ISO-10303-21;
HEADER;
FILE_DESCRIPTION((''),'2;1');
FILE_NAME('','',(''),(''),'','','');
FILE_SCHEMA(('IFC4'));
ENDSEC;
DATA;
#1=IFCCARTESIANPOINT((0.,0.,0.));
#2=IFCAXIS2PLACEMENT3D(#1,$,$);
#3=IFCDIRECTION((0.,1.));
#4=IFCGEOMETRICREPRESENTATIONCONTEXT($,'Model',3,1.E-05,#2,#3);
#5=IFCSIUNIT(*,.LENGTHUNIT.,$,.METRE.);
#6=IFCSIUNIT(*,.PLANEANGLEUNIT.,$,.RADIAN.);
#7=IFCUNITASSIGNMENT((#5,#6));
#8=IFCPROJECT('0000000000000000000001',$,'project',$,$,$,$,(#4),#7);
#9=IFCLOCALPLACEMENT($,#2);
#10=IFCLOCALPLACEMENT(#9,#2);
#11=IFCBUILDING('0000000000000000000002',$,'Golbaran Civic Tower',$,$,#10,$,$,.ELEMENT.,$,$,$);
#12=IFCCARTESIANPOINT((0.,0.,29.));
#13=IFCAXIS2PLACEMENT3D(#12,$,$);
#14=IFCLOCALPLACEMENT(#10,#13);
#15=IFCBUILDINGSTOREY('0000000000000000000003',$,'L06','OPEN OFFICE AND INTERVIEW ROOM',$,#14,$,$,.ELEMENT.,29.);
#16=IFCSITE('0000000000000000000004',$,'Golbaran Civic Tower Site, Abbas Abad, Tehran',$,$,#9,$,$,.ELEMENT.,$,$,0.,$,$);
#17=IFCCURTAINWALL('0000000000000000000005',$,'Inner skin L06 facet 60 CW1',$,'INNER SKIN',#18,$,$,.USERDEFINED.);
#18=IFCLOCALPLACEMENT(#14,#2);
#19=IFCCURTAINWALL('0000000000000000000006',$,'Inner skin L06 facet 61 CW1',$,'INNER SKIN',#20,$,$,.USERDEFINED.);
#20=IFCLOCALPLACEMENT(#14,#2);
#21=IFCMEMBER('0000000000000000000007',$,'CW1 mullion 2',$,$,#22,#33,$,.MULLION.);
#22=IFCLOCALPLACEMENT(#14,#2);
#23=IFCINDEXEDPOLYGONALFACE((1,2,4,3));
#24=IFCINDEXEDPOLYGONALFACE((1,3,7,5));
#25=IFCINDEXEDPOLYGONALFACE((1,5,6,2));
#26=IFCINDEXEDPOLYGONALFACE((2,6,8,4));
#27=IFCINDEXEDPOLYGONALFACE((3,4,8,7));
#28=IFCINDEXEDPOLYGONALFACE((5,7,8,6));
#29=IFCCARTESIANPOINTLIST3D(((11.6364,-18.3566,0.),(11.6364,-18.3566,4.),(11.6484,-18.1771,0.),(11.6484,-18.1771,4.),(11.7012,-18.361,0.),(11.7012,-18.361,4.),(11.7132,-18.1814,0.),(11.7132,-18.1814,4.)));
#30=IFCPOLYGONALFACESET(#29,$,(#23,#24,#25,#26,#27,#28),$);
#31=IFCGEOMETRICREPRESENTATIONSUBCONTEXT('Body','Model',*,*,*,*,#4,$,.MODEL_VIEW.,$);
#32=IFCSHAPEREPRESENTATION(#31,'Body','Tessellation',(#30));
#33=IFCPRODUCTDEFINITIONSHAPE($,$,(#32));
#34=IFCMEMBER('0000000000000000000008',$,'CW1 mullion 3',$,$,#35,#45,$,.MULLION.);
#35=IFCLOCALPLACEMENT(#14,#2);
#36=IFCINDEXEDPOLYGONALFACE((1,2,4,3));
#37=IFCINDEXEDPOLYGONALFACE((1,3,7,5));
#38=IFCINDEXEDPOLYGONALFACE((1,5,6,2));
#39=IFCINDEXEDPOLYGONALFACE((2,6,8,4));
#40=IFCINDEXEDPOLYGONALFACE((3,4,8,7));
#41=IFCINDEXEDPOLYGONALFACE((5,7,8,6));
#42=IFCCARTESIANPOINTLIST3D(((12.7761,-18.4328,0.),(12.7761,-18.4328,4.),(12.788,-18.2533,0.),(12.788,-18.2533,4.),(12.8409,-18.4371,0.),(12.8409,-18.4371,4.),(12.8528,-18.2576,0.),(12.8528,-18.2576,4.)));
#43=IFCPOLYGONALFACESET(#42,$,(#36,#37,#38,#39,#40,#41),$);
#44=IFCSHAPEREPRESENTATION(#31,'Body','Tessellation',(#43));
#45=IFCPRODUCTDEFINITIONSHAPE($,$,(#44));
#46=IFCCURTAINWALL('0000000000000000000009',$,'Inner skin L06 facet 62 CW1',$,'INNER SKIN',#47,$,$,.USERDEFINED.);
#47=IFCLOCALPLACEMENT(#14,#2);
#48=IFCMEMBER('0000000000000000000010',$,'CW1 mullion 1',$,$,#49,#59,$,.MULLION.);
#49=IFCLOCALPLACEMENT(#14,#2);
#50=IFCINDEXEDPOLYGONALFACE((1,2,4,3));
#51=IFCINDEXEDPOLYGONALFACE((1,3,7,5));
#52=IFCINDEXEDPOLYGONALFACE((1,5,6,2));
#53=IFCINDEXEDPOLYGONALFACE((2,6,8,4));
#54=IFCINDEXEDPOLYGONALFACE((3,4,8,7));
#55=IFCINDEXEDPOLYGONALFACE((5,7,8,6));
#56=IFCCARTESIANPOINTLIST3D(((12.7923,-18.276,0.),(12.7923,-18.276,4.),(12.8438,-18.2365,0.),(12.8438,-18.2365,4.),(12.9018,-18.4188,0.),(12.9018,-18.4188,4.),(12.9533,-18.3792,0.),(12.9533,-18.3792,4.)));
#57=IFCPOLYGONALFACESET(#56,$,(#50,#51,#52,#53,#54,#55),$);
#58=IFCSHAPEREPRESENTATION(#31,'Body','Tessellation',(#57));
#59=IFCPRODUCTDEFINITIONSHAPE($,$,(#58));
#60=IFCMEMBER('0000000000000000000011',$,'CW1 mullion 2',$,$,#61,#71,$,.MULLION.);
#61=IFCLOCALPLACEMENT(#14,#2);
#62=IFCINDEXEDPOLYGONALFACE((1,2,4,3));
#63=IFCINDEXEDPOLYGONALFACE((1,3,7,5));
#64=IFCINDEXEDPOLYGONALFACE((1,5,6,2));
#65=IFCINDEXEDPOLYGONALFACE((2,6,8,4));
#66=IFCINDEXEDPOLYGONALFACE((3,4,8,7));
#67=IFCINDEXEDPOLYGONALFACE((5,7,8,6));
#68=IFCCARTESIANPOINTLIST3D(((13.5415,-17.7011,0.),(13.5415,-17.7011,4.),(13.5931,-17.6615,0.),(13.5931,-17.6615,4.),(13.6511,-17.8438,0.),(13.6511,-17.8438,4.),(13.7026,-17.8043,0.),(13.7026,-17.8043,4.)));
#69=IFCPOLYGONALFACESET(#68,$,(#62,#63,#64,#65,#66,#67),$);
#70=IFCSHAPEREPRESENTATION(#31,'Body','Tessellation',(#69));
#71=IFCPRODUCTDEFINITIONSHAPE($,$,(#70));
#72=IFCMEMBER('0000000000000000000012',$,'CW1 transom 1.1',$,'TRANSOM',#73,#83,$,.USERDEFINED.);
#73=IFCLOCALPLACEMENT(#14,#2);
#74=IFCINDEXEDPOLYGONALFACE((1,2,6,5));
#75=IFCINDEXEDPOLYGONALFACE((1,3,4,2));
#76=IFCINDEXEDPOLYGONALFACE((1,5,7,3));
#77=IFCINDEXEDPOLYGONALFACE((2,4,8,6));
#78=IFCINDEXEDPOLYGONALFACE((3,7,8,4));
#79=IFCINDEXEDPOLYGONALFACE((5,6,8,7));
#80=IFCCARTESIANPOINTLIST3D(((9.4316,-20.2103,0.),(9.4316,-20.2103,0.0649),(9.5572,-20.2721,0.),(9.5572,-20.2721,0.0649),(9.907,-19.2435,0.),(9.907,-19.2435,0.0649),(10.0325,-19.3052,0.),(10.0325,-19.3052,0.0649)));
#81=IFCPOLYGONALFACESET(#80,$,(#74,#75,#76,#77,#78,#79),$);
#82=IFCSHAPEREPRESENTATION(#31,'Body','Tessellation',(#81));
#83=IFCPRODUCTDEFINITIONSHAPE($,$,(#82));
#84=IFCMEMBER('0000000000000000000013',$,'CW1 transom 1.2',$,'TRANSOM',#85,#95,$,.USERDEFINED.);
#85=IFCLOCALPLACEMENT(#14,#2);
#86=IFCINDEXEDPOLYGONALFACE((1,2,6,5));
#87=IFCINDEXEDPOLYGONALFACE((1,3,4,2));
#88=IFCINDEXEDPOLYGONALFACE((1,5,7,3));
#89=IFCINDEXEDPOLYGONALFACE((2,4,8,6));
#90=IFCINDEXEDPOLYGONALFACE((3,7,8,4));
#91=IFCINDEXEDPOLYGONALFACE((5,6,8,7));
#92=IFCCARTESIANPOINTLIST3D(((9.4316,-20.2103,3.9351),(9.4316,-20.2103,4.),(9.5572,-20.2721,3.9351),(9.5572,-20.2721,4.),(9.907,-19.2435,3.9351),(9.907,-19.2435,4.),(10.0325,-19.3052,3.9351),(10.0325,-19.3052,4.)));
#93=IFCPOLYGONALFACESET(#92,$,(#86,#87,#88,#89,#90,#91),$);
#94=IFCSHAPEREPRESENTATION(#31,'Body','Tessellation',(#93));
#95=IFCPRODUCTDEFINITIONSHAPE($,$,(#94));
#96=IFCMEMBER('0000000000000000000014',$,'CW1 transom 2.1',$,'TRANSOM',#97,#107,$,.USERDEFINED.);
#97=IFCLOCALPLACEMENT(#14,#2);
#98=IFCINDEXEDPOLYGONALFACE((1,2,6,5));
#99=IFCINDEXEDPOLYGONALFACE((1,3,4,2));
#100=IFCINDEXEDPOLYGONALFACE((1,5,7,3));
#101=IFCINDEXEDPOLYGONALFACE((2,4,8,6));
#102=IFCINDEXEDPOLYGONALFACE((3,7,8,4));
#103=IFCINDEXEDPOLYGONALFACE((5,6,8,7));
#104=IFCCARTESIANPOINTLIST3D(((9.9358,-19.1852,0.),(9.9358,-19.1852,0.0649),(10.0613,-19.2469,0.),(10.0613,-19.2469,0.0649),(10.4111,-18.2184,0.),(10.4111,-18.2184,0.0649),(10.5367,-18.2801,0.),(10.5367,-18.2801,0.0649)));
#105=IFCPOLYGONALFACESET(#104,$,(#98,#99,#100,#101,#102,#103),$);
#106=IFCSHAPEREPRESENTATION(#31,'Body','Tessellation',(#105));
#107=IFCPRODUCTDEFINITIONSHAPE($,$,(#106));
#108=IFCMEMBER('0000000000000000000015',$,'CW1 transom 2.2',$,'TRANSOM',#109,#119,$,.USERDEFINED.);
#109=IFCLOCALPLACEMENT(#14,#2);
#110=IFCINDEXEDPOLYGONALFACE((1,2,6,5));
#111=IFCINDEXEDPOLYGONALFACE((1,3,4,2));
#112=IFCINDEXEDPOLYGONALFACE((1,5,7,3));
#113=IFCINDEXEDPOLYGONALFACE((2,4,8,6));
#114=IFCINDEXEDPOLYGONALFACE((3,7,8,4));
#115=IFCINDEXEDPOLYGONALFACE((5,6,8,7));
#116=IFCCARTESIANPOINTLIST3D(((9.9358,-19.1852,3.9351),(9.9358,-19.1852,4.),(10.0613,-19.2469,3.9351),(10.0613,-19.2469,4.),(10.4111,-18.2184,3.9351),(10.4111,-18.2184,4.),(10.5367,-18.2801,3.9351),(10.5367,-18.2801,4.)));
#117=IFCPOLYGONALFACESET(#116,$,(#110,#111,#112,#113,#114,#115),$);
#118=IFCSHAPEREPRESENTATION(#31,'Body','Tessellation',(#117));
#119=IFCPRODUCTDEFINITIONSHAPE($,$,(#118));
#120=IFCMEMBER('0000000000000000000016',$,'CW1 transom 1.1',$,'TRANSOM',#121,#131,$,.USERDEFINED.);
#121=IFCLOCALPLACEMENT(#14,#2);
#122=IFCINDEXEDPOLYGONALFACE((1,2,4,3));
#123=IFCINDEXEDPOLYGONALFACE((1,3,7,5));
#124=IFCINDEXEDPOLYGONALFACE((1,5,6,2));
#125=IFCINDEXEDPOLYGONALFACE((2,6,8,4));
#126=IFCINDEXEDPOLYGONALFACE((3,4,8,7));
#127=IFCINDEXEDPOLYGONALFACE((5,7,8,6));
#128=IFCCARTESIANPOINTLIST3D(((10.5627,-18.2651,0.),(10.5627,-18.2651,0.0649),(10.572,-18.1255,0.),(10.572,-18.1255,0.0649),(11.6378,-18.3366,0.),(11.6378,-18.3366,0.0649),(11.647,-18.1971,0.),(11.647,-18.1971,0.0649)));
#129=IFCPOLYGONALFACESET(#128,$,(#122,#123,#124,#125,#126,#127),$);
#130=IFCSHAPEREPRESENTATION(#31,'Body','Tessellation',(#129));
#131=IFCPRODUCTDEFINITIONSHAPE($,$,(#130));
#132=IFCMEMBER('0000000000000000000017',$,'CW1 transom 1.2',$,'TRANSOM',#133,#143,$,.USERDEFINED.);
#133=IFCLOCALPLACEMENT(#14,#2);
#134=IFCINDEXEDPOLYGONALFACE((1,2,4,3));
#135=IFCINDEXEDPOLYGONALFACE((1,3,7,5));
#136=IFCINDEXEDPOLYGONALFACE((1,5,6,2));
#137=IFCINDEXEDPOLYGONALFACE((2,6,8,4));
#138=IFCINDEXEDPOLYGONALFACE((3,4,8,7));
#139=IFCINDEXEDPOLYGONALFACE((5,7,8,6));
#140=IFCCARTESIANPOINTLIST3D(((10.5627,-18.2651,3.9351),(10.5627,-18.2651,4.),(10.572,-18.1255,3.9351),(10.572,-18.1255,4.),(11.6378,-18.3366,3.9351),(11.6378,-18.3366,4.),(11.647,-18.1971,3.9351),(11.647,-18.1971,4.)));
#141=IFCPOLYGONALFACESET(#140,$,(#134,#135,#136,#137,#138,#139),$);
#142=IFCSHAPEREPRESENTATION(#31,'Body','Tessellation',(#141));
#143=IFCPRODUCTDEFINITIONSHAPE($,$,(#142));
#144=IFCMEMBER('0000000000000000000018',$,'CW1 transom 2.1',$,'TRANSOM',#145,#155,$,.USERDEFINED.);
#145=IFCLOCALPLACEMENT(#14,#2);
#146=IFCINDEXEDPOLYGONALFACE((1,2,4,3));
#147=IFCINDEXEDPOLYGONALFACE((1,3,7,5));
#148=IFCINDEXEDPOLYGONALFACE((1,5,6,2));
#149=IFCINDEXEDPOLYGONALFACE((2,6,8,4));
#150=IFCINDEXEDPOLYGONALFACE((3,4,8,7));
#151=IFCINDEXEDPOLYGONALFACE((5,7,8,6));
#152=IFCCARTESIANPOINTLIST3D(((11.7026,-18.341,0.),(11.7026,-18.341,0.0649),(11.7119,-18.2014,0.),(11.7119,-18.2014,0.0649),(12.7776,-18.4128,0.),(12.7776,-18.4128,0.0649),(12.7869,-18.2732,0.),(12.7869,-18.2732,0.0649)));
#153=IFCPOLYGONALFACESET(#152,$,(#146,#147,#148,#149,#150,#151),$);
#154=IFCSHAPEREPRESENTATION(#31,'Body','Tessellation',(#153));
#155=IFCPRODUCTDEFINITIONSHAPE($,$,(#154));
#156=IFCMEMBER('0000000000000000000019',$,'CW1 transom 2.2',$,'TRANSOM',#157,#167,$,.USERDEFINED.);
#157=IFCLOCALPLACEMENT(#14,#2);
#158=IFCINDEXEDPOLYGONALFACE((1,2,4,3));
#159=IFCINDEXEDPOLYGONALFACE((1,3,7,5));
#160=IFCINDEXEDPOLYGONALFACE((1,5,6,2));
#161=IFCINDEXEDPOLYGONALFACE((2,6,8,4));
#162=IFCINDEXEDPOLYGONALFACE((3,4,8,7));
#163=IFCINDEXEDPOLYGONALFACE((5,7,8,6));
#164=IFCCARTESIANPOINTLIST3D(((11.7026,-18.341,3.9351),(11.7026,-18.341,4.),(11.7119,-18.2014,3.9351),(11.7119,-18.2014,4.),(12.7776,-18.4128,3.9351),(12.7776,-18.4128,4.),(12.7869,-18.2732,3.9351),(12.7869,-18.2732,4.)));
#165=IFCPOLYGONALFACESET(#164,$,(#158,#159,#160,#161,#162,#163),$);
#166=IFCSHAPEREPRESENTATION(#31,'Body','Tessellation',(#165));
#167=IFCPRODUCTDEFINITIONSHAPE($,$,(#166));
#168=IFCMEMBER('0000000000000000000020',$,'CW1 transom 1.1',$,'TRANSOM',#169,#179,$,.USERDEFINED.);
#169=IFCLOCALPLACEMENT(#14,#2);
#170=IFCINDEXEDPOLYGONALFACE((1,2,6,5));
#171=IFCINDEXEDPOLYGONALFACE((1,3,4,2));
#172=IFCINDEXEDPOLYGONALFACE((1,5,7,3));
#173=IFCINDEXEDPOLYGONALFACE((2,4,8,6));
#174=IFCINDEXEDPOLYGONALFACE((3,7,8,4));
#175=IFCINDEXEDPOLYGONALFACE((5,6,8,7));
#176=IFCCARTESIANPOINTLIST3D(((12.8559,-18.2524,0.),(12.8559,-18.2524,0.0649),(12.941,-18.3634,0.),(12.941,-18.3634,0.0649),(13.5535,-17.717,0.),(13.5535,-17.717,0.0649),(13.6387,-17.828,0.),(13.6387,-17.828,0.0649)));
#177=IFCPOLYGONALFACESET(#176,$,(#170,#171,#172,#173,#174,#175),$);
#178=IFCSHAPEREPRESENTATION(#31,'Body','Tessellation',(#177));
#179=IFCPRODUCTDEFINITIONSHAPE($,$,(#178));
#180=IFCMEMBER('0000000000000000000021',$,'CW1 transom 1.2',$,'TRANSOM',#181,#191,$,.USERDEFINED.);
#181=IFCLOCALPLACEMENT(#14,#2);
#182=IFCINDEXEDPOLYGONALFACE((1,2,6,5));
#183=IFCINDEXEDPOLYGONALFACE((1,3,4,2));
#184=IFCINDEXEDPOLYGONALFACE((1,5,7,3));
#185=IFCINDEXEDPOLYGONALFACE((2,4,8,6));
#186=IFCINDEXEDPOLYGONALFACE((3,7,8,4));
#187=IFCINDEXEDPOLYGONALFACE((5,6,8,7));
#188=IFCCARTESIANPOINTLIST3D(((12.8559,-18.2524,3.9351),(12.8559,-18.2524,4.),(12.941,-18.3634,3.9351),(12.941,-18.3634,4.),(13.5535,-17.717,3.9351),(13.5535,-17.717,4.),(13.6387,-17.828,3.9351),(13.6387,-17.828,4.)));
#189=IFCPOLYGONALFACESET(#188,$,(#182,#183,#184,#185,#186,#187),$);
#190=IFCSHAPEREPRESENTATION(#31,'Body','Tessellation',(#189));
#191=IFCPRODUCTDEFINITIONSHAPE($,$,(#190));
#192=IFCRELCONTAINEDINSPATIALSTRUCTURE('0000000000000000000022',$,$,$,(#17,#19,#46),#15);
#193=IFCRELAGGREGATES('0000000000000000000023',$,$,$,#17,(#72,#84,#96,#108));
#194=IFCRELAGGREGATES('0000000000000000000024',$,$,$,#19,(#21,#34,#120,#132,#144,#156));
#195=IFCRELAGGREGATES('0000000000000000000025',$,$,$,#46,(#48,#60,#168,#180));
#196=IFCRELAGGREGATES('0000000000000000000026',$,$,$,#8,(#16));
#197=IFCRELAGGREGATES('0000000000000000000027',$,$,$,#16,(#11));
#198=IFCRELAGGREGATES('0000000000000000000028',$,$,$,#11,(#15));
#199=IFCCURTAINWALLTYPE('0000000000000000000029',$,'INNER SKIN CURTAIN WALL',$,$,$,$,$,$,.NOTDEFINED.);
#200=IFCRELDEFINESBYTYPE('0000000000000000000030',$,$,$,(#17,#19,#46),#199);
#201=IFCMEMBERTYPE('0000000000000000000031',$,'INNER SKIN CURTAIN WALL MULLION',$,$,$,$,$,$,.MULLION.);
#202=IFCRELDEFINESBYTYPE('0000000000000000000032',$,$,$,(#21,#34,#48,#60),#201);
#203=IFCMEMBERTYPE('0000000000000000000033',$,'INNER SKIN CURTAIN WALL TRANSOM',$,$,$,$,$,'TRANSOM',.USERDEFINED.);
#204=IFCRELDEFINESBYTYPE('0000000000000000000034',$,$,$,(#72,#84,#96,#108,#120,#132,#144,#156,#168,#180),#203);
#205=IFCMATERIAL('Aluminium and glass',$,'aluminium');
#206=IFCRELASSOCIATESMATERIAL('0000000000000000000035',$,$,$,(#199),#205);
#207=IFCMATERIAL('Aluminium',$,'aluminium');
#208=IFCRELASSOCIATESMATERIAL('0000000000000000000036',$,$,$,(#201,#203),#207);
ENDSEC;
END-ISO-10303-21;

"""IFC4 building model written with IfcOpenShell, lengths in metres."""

from ifc_helpers import new_model, si_unit, direction, frame, origin, origin_2d, place, context, subcontext, project, spatial, rectangle, extrude, material, material_profile, profile_set, type_object, element, aggregate, save


model = new_model("IFC4")

# Units and contexts
model_context = context("Model", 3, precision=1e-05, world=origin(), true_north=direction((0.0, 1.0)))
body_context = subcontext(model_context, "Body", "Model", "MODEL_VIEW")
ifc_project = project(units=[si_unit("LENGTHUNIT", "METRE"), si_unit("PLANEANGLEUNIT", "RADIAN")], contexts=[model_context])

# Site, building, storey
site_placement = place(None, origin())
site = spatial("IfcSite", under=ifc_project, at=site_placement, Name="Golbaran Civic Tower Site, Abbas Abad, Tehran", CompositionType="ELEMENT", RefElevation=0.0)
building_placement = place(site_placement, origin())
building = spatial("IfcBuilding", under=site, at=building_placement, Name="Golbaran Civic Tower", CompositionType="ELEMENT")
storey_placement = place(building_placement, frame((0.0, 0.0, 29.0)))
storey = spatial("IfcBuildingStorey", under=building, at=storey_placement, Name="L06", Description="OPEN OFFICE AND INTERVIEW ROOM", CompositionType="ELEMENT", Elevation=29.0)

# Curtain walls, members
ifc_material_1 = material(Name="Aluminium and glass", Category="aluminium")
curtain_wall_type = type_object("IfcCurtainWallType", Name="INNER SKIN CURTAIN WALL", PredefinedType="NOTDEFINED", material=ifc_material_1)
curtain_wall_1_placement = place(storey_placement, origin())
curtain_wall_1 = element("IfcCurtainWall", 1, at=curtain_wall_1_placement, inside=storey, type_object=curtain_wall_type, Name="Inner skin L06 facet 60 CW1", ObjectType="INNER SKIN", PredefinedType="USERDEFINED")
ifc_material_2 = material(Name="Aluminium", Category="aluminium")
ifc_material_profile_1 = material_profile(ifc_material_2, rectangle(XDim=0.1799, YDim=0.0649, at=origin_2d()), Name="INNER SKIN CURTAIN WALL MULLION")
ifc_profile_set_1 = profile_set([ifc_material_profile_1], Name="Aluminium")
member_type_1 = type_object("IfcMemberType", Name="INNER SKIN CURTAIN WALL MULLION", PredefinedType="MULLION", material=ifc_profile_set_1)
curtain_wall_2_placement = place(storey_placement, origin())
curtain_wall_2 = element("IfcCurtainWall", 2, at=curtain_wall_2_placement, inside=storey, type_object=curtain_wall_type, Name="Inner skin L06 facet 61 CW1", ObjectType="INNER SKIN", PredefinedType="USERDEFINED")
member_1_placement = place(storey_placement, frame((11.6748, -18.269, 0.0), z_axis=(0.0, 0.0, 1.0), x_axis=(0.066606, 0.997779, 0.0)))
member_1 = element("IfcMember", 3, at=member_1_placement, type_object=member_type_1, Name="CW1 mullion 2", PredefinedType="MULLION", context=body_context, shape_type="SweptSolid", body=[
    extrude(rectangle(XDim=0.1799, YDim=0.0649, at=origin_2d()), origin(), (0.0, 0.0, 1.0), 4.0),
])
member_2_placement = place(storey_placement, frame((12.8145, -18.3452, 0.0), z_axis=(0.0, 0.0, 1.0), x_axis=(0.066606, 0.997779, 0.0)))
member_2 = element("IfcMember", 4, at=member_2_placement, type_object=member_type_1, Name="CW1 mullion 3", PredefinedType="MULLION", context=body_context, shape_type="SweptSolid", body=[
    extrude(rectangle(XDim=0.1799, YDim=0.0649, at=origin_2d()), origin(), (0.0, 0.0, 1.0), 4.0),
])
curtain_wall_3_placement = place(storey_placement, origin())
curtain_wall_3 = element("IfcCurtainWall", 5, at=curtain_wall_3_placement, inside=storey, type_object=curtain_wall_type, Name="Inner skin L06 facet 62 CW1", ObjectType="INNER SKIN", PredefinedType="USERDEFINED")
member_3_placement = place(storey_placement, frame((12.8728, -18.3276, 0.0), z_axis=(0.0, 0.0, 1.0), x_axis=(-0.608761, 0.793353, 0.0)))
member_3 = element("IfcMember", 6, at=member_3_placement, type_object=member_type_1, Name="CW1 mullion 1", PredefinedType="MULLION", context=body_context, shape_type="SweptSolid", body=[
    extrude(rectangle(XDim=0.1799, YDim=0.0649, at=origin_2d()), origin(), (0.0, 0.0, 1.0), 4.0),
])
member_4_placement = place(storey_placement, frame((13.6221, -17.7527, 0.0), z_axis=(0.0, 0.0, 1.0), x_axis=(-0.608761, 0.793353, 0.0)))
member_4 = element("IfcMember", 7, at=member_4_placement, type_object=member_type_1, Name="CW1 mullion 2", PredefinedType="MULLION", context=body_context, shape_type="SweptSolid", body=[
    extrude(rectangle(XDim=0.1799, YDim=0.0649, at=origin_2d()), origin(), (0.0, 0.0, 1.0), 4.0),
])

# Members
ifc_material_profile_2 = material_profile(ifc_material_2, rectangle(XDim=0.1399, YDim=0.0649, at=origin_2d()), Name="INNER SKIN CURTAIN WALL TRANSOM")
ifc_profile_set_2 = profile_set([ifc_material_profile_2], Name="Aluminium")
member_type_2 = type_object("IfcMemberType", Name="INNER SKIN CURTAIN WALL TRANSOM", ElementType="TRANSOM", PredefinedType="USERDEFINED", material=ifc_profile_set_2)
member_5_placement = place(storey_placement, frame((9.4944, -20.2412, 0.0325), z_axis=(0.441221, 0.897399, 0.0), x_axis=(-0.897399, 0.441221, 0.0)))
member_5 = element("IfcMember", 8, at=member_5_placement, type_object=member_type_2, Name="CW1 transom 1.1", ObjectType="TRANSOM", PredefinedType="USERDEFINED", context=body_context, shape_type="SweptSolid", body=[
    extrude(rectangle(XDim=0.1399, YDim=0.0649, at=origin_2d()), origin(), (0.0, 0.0, 1.0), 1.0774),
])
member_6_placement = place(storey_placement, frame((9.4944, -20.2412, 3.9675), z_axis=(0.441221, 0.897399, 0.0), x_axis=(-0.897399, 0.441221, 0.0)))
member_6 = element("IfcMember", 9, at=member_6_placement, type_object=member_type_2, Name="CW1 transom 1.2", ObjectType="TRANSOM", PredefinedType="USERDEFINED", context=body_context, shape_type="SweptSolid", body=[
    extrude(rectangle(XDim=0.1399, YDim=0.0649, at=origin_2d()), origin(), (0.0, 0.0, 1.0), 1.0774),
])
member_7_placement = place(storey_placement, frame((9.9985, -19.2161, 0.0325), z_axis=(0.441221, 0.897399, 0.0), x_axis=(-0.897399, 0.441221, 0.0)))
member_7 = element("IfcMember", 10, at=member_7_placement, type_object=member_type_2, Name="CW1 transom 2.1", ObjectType="TRANSOM", PredefinedType="USERDEFINED", context=body_context, shape_type="SweptSolid", body=[
    extrude(rectangle(XDim=0.1399, YDim=0.0649, at=origin_2d()), origin(), (0.0, 0.0, 1.0), 1.0774),
])
member_8_placement = place(storey_placement, frame((9.9985, -19.2161, 3.9675), z_axis=(0.441221, 0.897399, 0.0), x_axis=(-0.897399, 0.441221, 0.0)))
member_8 = element("IfcMember", 11, at=member_8_placement, type_object=member_type_2, Name="CW1 transom 2.2", ObjectType="TRANSOM", PredefinedType="USERDEFINED", context=body_context, shape_type="SweptSolid", body=[
    extrude(rectangle(XDim=0.1399, YDim=0.0649, at=origin_2d()), origin(), (0.0, 0.0, 1.0), 1.0774),
])
member_9_placement = place(storey_placement, frame((10.5674, -18.1953, 0.0325), z_axis=(0.997793, -0.066399, 0.0), x_axis=(0.066399, 0.997793, 0.0)))
member_9 = element("IfcMember", 12, at=member_9_placement, type_object=member_type_2, Name="CW1 transom 1.1", ObjectType="TRANSOM", PredefinedType="USERDEFINED", context=body_context, shape_type="SweptSolid", body=[
    extrude(rectangle(XDim=0.1399, YDim=0.0649, at=origin_2d()), origin(), (0.0, 0.0, 1.0), 1.0774),
])
member_10_placement = place(storey_placement, frame((10.5674, -18.1953, 3.9675), z_axis=(0.997793, -0.066399, 0.0), x_axis=(0.066399, 0.997793, 0.0)))
member_10 = element("IfcMember", 13, at=member_10_placement, type_object=member_type_2, Name="CW1 transom 1.2", ObjectType="TRANSOM", PredefinedType="USERDEFINED", context=body_context, shape_type="SweptSolid", body=[
    extrude(rectangle(XDim=0.1399, YDim=0.0649, at=origin_2d()), origin(), (0.0, 0.0, 1.0), 1.0774),
])
member_11_placement = place(storey_placement, frame((11.7073, -18.2712, 0.0325), z_axis=(0.997778, -0.066624, 0.0), x_axis=(0.066624, 0.997778, 0.0)))
member_11 = element("IfcMember", 14, at=member_11_placement, type_object=member_type_2, Name="CW1 transom 2.1", ObjectType="TRANSOM", PredefinedType="USERDEFINED", context=body_context, shape_type="SweptSolid", body=[
    extrude(rectangle(XDim=0.1399, YDim=0.0649, at=origin_2d()), origin(), (0.0, 0.0, 1.0), 1.0774),
])
member_12_placement = place(storey_placement, frame((11.7073, -18.2712, 3.9675), z_axis=(0.997778, -0.066624, 0.0), x_axis=(0.066624, 0.997778, 0.0)))
member_12 = element("IfcMember", 15, at=member_12_placement, type_object=member_type_2, Name="CW1 transom 2.2", ObjectType="TRANSOM", PredefinedType="USERDEFINED", context=body_context, shape_type="SweptSolid", body=[
    extrude(rectangle(XDim=0.1399, YDim=0.0649, at=origin_2d()), origin(), (0.0, 0.0, 1.0), 1.0774),
])
member_13_placement = place(storey_placement, frame((12.8984, -18.3079, 0.0325), z_axis=(0.793356, 0.608758, 0.0), x_axis=(-0.608758, 0.793356, 0.0)))
member_13 = element("IfcMember", 16, at=member_13_placement, type_object=member_type_2, Name="CW1 transom 1.1", ObjectType="TRANSOM", PredefinedType="USERDEFINED", context=body_context, shape_type="SweptSolid", body=[
    extrude(rectangle(XDim=0.1399, YDim=0.0649, at=origin_2d()), origin(), (0.0, 0.0, 1.0), 0.8794),
])
member_14_placement = place(storey_placement, frame((12.8984, -18.3079, 3.9675), z_axis=(0.793356, 0.608758, 0.0), x_axis=(-0.608758, 0.793356, 0.0)))
member_14 = element("IfcMember", 17, at=member_14_placement, type_object=member_type_2, Name="CW1 transom 1.2", ObjectType="TRANSOM", PredefinedType="USERDEFINED", context=body_context, shape_type="SweptSolid", body=[
    extrude(rectangle(XDim=0.1399, YDim=0.0649, at=origin_2d()), origin(), (0.0, 0.0, 1.0), 0.8794),
])

aggregate(curtain_wall_1, [member_5, member_6, member_7, member_8])
aggregate(curtain_wall_2, [member_1, member_2, member_9, member_10, member_11, member_12])
aggregate(curtain_wall_3, [member_3, member_4, member_13, member_14])

save(model, "model.ifc")
